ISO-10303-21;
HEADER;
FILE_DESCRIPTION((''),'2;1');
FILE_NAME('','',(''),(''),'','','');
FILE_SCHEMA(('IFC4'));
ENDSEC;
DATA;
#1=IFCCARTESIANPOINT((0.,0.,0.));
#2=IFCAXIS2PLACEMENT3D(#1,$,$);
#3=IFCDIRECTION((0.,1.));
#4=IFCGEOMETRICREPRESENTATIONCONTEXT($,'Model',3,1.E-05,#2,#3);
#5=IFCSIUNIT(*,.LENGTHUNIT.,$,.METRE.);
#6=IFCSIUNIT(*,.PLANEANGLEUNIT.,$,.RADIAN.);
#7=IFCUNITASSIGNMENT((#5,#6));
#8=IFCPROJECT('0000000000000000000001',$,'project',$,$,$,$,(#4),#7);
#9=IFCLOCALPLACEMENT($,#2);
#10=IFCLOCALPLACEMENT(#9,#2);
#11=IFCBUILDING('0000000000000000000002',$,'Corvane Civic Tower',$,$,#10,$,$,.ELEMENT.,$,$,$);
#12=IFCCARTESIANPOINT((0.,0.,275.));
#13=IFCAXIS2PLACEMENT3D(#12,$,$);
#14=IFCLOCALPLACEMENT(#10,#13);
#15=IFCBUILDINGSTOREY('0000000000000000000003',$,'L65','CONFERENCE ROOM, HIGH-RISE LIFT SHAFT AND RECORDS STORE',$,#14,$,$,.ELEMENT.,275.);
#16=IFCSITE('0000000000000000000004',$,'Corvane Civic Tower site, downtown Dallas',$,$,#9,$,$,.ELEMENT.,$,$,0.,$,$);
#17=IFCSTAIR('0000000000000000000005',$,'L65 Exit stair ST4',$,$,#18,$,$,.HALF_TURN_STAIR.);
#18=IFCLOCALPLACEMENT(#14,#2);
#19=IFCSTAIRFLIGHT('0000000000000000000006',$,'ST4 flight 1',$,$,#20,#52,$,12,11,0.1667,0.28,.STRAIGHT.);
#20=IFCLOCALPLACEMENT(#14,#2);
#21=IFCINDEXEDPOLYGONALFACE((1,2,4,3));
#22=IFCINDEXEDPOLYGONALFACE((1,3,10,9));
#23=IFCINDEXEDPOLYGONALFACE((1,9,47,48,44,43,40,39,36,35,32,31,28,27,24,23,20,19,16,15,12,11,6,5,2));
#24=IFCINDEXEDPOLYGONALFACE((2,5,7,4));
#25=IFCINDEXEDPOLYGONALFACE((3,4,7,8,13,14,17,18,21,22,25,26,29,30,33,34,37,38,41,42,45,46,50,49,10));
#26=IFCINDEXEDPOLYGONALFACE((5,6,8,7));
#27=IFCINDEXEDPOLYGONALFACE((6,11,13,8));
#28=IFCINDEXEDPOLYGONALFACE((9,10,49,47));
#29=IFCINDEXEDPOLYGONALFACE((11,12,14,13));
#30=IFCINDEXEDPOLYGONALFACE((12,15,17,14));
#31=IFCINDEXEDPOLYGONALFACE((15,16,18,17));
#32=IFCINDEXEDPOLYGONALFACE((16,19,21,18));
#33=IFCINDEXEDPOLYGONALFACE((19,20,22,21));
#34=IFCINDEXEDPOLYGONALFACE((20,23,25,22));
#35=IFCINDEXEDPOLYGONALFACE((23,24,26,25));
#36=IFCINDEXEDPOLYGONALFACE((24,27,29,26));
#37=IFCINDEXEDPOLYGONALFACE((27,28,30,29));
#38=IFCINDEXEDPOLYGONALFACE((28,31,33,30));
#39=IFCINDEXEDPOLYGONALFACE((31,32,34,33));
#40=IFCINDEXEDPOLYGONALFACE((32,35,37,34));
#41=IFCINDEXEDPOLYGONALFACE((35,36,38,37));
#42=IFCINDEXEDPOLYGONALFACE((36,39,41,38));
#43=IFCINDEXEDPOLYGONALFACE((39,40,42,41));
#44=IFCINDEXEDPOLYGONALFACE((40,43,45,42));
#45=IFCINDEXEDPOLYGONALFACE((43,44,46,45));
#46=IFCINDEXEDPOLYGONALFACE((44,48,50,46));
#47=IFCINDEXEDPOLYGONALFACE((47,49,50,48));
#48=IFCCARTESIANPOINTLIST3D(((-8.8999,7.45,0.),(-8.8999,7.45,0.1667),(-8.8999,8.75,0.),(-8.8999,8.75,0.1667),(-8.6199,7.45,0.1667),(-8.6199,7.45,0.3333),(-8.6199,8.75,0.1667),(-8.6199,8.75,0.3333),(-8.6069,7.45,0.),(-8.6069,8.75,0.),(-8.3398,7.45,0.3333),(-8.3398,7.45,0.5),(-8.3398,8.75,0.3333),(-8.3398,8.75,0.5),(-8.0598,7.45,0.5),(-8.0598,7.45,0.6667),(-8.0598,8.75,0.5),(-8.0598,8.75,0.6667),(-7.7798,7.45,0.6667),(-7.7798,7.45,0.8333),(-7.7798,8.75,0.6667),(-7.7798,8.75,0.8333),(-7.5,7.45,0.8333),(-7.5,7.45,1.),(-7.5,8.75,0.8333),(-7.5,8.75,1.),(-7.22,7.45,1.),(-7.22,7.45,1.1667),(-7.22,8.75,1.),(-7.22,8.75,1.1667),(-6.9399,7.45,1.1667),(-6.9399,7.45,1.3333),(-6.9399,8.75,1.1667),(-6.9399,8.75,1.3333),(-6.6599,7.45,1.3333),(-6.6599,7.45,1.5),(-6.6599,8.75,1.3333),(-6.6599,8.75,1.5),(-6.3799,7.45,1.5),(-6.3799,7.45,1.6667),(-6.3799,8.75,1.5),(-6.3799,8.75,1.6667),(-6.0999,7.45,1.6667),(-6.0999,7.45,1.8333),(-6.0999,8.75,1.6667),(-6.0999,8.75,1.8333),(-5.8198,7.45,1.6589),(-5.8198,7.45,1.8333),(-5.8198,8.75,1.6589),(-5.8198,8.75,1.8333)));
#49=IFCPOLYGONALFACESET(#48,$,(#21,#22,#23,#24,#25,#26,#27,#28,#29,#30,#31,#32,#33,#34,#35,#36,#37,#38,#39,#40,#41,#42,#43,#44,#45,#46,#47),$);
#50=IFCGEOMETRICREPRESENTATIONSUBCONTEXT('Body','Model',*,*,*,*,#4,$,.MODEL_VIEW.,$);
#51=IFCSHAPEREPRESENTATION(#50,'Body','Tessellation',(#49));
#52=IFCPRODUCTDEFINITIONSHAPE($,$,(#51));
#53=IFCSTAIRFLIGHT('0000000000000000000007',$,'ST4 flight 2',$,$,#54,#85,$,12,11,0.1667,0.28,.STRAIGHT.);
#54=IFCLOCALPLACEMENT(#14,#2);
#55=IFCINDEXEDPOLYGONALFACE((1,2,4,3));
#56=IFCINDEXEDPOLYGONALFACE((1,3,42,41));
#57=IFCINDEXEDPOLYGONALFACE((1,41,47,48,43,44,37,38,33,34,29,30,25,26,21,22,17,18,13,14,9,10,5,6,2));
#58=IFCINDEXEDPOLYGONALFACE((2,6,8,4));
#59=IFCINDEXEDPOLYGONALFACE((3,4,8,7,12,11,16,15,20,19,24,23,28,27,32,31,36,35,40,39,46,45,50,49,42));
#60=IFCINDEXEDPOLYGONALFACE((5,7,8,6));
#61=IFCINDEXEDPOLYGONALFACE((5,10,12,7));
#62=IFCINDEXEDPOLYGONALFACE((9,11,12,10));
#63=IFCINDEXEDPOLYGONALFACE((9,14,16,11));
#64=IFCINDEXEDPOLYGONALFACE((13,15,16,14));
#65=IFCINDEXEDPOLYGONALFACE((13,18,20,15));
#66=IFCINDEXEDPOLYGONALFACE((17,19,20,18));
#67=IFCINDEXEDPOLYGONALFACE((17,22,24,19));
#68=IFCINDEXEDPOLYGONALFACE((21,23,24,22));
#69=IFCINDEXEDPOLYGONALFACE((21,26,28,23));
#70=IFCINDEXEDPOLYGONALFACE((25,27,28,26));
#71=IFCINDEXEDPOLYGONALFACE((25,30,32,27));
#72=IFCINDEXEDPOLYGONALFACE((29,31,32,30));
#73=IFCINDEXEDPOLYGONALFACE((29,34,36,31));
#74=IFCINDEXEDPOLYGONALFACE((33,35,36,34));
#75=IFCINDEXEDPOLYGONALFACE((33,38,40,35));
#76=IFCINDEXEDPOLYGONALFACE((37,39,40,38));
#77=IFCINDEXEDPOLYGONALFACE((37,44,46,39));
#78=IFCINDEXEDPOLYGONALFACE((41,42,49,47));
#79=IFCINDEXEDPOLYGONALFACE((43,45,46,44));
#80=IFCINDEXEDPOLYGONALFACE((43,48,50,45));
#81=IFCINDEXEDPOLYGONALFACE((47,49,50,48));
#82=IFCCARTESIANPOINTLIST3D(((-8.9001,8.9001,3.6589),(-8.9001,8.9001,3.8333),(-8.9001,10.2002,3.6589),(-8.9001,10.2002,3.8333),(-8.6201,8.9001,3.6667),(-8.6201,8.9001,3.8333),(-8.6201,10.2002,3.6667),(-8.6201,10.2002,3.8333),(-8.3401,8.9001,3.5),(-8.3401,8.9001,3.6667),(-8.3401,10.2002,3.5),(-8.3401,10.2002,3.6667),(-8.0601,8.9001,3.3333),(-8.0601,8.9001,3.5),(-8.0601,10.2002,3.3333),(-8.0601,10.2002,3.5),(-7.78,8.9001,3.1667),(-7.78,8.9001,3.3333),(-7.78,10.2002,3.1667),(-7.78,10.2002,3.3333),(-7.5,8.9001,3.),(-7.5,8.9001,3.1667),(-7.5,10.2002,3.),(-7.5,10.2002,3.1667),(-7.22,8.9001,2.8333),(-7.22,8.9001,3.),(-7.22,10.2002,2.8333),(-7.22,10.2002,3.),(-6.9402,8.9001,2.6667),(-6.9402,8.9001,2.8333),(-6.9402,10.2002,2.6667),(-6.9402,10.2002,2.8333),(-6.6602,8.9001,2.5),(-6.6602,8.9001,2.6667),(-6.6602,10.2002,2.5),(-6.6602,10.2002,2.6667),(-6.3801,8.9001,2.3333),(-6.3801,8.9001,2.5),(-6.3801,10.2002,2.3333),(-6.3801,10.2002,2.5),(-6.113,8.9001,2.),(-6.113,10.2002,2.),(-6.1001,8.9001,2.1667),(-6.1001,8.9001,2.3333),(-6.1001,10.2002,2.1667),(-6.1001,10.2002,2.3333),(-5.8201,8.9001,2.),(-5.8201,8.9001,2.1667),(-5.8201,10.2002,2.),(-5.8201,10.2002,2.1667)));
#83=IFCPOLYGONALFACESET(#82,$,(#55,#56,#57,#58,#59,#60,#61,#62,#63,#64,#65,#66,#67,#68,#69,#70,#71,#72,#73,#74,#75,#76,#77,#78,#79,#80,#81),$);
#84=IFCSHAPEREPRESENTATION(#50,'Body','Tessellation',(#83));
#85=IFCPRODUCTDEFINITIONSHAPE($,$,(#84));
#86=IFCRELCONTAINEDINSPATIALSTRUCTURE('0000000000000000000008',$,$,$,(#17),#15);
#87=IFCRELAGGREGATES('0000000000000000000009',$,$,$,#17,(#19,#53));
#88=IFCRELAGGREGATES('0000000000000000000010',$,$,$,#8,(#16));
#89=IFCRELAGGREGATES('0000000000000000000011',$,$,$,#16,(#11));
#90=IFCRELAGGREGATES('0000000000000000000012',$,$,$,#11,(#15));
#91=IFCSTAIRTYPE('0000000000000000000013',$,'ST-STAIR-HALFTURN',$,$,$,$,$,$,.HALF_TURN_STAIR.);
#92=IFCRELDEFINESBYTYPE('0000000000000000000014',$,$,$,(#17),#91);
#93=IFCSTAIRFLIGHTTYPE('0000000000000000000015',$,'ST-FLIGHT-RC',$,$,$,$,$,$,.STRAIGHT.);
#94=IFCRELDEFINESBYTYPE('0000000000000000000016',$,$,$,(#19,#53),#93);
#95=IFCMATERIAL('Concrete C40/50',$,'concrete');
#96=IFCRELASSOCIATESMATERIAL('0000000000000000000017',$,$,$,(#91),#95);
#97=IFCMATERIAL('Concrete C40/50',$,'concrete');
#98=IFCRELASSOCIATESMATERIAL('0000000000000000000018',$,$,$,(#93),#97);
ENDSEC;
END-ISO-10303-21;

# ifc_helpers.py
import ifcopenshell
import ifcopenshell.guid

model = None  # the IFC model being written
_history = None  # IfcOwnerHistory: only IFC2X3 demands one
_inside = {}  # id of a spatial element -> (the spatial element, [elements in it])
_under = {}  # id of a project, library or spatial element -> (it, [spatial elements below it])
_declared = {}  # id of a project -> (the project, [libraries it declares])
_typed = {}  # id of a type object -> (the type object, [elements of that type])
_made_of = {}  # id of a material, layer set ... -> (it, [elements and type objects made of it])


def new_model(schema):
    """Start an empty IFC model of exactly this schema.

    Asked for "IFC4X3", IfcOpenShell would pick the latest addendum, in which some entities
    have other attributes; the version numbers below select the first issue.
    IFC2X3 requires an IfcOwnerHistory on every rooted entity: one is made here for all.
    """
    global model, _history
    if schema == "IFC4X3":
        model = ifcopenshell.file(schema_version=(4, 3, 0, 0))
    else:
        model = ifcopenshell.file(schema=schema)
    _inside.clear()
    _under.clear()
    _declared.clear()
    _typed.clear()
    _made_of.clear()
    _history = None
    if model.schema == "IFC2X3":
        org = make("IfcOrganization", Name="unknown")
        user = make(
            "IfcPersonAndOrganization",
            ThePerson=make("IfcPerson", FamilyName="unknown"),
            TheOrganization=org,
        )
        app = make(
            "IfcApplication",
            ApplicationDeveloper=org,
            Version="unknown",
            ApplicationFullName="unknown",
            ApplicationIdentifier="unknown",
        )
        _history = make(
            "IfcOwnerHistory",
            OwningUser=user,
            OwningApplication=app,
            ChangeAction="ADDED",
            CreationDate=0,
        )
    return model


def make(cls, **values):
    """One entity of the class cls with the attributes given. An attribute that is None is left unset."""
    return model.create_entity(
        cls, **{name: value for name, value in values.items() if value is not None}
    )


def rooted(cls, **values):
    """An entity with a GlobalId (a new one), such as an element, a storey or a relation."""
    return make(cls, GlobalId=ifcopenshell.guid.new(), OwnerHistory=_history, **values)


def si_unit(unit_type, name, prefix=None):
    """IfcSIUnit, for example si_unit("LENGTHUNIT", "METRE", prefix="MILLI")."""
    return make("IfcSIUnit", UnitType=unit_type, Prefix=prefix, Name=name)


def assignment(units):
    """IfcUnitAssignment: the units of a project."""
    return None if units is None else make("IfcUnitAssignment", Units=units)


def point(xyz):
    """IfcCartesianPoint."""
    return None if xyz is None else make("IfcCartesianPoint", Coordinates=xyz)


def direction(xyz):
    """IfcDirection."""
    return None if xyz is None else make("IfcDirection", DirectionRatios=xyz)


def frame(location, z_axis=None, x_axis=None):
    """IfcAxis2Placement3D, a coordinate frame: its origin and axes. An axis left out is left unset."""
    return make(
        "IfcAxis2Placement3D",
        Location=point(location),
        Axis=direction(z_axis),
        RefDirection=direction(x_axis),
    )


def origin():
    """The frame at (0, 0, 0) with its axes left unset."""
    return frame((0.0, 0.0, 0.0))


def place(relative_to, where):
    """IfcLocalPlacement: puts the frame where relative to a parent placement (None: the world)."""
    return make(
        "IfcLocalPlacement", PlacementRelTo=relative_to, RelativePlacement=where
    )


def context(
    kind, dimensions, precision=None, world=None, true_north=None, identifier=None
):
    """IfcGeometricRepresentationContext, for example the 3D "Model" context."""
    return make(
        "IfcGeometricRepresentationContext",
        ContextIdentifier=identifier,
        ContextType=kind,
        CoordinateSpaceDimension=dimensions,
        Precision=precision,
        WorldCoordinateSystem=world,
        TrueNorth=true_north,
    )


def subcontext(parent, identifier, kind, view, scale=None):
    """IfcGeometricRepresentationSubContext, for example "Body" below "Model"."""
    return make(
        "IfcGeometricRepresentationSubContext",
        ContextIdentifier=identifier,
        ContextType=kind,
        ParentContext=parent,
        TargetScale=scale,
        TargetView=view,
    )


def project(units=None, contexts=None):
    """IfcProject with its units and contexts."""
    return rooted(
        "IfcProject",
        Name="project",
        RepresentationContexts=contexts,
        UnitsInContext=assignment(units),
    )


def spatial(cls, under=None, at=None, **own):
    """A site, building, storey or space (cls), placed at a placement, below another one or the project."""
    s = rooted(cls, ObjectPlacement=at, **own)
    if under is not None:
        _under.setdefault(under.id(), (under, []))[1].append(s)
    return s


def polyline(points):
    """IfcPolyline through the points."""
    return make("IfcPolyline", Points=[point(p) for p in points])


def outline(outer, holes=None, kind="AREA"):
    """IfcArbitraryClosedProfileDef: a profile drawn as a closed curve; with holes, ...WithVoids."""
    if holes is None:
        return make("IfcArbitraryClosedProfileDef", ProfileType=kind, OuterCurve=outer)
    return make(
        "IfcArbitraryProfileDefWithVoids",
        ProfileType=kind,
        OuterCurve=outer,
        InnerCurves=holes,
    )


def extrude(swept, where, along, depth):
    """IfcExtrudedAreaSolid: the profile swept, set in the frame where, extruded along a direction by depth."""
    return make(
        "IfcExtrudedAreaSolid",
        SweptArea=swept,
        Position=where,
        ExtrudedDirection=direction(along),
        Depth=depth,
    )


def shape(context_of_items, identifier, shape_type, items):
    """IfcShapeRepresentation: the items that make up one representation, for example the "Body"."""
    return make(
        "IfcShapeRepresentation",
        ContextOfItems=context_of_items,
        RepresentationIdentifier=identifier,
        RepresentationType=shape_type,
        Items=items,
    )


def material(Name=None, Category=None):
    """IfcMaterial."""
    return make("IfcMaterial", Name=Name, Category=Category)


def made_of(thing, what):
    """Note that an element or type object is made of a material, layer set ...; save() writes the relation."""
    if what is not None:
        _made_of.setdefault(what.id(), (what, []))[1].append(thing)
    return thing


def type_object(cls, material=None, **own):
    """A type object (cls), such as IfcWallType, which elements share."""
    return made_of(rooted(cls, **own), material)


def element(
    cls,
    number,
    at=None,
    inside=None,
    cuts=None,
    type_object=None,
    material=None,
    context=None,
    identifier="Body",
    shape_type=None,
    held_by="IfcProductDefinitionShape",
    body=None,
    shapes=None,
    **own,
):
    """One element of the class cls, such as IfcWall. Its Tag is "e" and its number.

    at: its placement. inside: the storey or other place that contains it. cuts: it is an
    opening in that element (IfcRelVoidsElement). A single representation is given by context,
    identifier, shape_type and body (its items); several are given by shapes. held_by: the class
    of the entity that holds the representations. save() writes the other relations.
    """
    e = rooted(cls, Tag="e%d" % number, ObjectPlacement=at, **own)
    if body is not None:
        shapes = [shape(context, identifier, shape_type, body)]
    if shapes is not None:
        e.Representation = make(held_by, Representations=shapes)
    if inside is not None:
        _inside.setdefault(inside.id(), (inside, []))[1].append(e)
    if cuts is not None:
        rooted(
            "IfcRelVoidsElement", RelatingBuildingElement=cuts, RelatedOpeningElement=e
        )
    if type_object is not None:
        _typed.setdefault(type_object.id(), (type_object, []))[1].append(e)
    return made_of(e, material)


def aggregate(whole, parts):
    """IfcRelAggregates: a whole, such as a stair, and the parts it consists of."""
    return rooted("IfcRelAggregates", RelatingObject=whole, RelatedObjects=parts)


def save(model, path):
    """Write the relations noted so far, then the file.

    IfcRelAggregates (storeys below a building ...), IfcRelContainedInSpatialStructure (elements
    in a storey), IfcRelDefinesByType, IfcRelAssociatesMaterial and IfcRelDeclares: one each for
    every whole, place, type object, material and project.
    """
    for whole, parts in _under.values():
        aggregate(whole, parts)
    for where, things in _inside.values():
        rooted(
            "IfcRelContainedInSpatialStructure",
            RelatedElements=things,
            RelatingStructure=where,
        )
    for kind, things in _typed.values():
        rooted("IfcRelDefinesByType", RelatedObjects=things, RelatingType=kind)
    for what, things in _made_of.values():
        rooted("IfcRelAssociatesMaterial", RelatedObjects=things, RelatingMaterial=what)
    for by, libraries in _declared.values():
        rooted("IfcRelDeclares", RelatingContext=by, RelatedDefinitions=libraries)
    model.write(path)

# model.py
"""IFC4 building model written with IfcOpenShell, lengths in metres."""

from ifc_helpers import new_model, si_unit, direction, frame, origin, place, context, subcontext, project, spatial, polyline, outline, extrude, material, type_object, element, aggregate, save


model = new_model("IFC4")

# Units and contexts
model_context = context("Model", 3, precision=1e-05, world=origin(), true_north=direction((0.0, 1.0)))
body_context = subcontext(model_context, "Body", "Model", "MODEL_VIEW")
ifc_project = project(units=[si_unit("LENGTHUNIT", "METRE"), si_unit("PLANEANGLEUNIT", "RADIAN")], contexts=[model_context])

# Site, building, storey
site_placement = place(None, origin())
site = spatial("IfcSite", under=ifc_project, at=site_placement, Name="Corvane Civic Tower site, downtown Dallas", CompositionType="ELEMENT", RefElevation=0.0)
building_placement = place(site_placement, origin())
building = spatial("IfcBuilding", under=site, at=building_placement, Name="Corvane Civic Tower", CompositionType="ELEMENT")
storey_placement = place(building_placement, frame((0.0, 0.0, 275.0)))
storey = spatial("IfcBuildingStorey", under=building, at=storey_placement, Name="L65", Description="CONFERENCE ROOM, HIGH-RISE LIFT SHAFT AND RECORDS STORE", CompositionType="ELEMENT", Elevation=275.0)

# Stair
ifc_material_1 = material(Name="Concrete C40/50", Category="concrete")
stair_type = type_object("IfcStairType", Name="ST-STAIR-HALFTURN", PredefinedType="HALF_TURN_STAIR", material=ifc_material_1)
stair_1_placement = place(storey_placement, origin())
stair_1 = element("IfcStair", 1, at=stair_1_placement, inside=storey, type_object=stair_type, Name="L65 Exit stair ST4", PredefinedType="HALF_TURN_STAIR")

# Stair flights
ifc_material_2 = material(Name="Concrete C40/50", Category="concrete")
stair_flight_type = type_object("IfcStairFlightType", Name="ST-FLIGHT-RC", PredefinedType="STRAIGHT", material=ifc_material_2)
stair_flight_1_placement = place(storey_placement, frame((-8.8999, 8.1001, 0.0), z_axis=(0.0, 0.0, 1.0), x_axis=(1.0, 0.0, 0.0)))
stair_flight_1 = element("IfcStairFlight", 2, at=stair_flight_1_placement, type_object=stair_flight_type, Name="ST4 flight 1", NumberOfRisers=12, NumberOfTreads=11, PredefinedType="STRAIGHT", RiserHeight=0.1667, TreadLength=0.28, context=body_context, shape_type="SweptSolid", body=[
    extrude(outline(polyline([(0.0, 0.0), (0.0, 0.1667), (0.28, 0.1667), (0.28, 0.3333), (0.5601, 0.3333), (0.5601, 0.5), (0.8401, 0.5), (0.8401, 0.6667), (1.1201, 0.6667), (1.1201, 0.8333), (1.3999, 0.8333), (1.3999, 1.0), (1.6799, 1.0), (1.6799, 1.1667), (1.96, 1.1667), (1.96, 1.3333), (2.24, 1.3333), (2.24, 1.5), (2.52, 1.5), (2.52, 1.6667), (2.8, 1.6667), (2.8, 1.8333), (3.0801, 1.8333), (3.0801, 2.0), (3.0801, 1.6589), (0.293, 0.0), (0.0, 0.0)])), frame((0.0, 0.6499, 0.0), z_axis=(0.0, -1.0, 0.0), x_axis=(1.0, 0.0, 0.0)), (0.0, 0.0, 1.0), 1.3),
])
stair_flight_2_placement = place(storey_placement, frame((-5.8201, 9.55, 2.0), z_axis=(0.0, 0.0, 1.0), x_axis=(-1.0, 0.0, 0.0)))
stair_flight_2 = element("IfcStairFlight", 3, at=stair_flight_2_placement, type_object=stair_flight_type, Name="ST4 flight 2", NumberOfRisers=12, NumberOfTreads=11, PredefinedType="STRAIGHT", RiserHeight=0.1667, TreadLength=0.28, context=body_context, shape_type="SweptSolid", body=[
    extrude(outline(polyline([(0.0, 0.0), (0.0, 0.1667), (0.28, 0.1667), (0.28, 0.3333), (0.5601, 0.3333), (0.5601, 0.5), (0.8401, 0.5), (0.8401, 0.6667), (1.1201, 0.6667), (1.1201, 0.8333), (1.3999, 0.8333), (1.3999, 1.0), (1.6799, 1.0), (1.6799, 1.1667), (1.96, 1.1667), (1.96, 1.3333), (2.24, 1.3333), (2.24, 1.5), (2.52, 1.5), (2.52, 1.6667), (2.8, 1.6667), (2.8, 1.8333), (3.0801, 1.8333), (3.0801, 2.0), (3.0801, 1.6589), (0.293, 0.0), (0.0, 0.0)])), frame((0.0, 0.6499, 0.0), z_axis=(0.0, -1.0, 0.0), x_axis=(1.0, 0.0, 0.0)), (0.0, 0.0, 1.0), 1.3),
])
aggregate(stair_1, [stair_flight_1, stair_flight_2])

save(model, "model.ifc")
